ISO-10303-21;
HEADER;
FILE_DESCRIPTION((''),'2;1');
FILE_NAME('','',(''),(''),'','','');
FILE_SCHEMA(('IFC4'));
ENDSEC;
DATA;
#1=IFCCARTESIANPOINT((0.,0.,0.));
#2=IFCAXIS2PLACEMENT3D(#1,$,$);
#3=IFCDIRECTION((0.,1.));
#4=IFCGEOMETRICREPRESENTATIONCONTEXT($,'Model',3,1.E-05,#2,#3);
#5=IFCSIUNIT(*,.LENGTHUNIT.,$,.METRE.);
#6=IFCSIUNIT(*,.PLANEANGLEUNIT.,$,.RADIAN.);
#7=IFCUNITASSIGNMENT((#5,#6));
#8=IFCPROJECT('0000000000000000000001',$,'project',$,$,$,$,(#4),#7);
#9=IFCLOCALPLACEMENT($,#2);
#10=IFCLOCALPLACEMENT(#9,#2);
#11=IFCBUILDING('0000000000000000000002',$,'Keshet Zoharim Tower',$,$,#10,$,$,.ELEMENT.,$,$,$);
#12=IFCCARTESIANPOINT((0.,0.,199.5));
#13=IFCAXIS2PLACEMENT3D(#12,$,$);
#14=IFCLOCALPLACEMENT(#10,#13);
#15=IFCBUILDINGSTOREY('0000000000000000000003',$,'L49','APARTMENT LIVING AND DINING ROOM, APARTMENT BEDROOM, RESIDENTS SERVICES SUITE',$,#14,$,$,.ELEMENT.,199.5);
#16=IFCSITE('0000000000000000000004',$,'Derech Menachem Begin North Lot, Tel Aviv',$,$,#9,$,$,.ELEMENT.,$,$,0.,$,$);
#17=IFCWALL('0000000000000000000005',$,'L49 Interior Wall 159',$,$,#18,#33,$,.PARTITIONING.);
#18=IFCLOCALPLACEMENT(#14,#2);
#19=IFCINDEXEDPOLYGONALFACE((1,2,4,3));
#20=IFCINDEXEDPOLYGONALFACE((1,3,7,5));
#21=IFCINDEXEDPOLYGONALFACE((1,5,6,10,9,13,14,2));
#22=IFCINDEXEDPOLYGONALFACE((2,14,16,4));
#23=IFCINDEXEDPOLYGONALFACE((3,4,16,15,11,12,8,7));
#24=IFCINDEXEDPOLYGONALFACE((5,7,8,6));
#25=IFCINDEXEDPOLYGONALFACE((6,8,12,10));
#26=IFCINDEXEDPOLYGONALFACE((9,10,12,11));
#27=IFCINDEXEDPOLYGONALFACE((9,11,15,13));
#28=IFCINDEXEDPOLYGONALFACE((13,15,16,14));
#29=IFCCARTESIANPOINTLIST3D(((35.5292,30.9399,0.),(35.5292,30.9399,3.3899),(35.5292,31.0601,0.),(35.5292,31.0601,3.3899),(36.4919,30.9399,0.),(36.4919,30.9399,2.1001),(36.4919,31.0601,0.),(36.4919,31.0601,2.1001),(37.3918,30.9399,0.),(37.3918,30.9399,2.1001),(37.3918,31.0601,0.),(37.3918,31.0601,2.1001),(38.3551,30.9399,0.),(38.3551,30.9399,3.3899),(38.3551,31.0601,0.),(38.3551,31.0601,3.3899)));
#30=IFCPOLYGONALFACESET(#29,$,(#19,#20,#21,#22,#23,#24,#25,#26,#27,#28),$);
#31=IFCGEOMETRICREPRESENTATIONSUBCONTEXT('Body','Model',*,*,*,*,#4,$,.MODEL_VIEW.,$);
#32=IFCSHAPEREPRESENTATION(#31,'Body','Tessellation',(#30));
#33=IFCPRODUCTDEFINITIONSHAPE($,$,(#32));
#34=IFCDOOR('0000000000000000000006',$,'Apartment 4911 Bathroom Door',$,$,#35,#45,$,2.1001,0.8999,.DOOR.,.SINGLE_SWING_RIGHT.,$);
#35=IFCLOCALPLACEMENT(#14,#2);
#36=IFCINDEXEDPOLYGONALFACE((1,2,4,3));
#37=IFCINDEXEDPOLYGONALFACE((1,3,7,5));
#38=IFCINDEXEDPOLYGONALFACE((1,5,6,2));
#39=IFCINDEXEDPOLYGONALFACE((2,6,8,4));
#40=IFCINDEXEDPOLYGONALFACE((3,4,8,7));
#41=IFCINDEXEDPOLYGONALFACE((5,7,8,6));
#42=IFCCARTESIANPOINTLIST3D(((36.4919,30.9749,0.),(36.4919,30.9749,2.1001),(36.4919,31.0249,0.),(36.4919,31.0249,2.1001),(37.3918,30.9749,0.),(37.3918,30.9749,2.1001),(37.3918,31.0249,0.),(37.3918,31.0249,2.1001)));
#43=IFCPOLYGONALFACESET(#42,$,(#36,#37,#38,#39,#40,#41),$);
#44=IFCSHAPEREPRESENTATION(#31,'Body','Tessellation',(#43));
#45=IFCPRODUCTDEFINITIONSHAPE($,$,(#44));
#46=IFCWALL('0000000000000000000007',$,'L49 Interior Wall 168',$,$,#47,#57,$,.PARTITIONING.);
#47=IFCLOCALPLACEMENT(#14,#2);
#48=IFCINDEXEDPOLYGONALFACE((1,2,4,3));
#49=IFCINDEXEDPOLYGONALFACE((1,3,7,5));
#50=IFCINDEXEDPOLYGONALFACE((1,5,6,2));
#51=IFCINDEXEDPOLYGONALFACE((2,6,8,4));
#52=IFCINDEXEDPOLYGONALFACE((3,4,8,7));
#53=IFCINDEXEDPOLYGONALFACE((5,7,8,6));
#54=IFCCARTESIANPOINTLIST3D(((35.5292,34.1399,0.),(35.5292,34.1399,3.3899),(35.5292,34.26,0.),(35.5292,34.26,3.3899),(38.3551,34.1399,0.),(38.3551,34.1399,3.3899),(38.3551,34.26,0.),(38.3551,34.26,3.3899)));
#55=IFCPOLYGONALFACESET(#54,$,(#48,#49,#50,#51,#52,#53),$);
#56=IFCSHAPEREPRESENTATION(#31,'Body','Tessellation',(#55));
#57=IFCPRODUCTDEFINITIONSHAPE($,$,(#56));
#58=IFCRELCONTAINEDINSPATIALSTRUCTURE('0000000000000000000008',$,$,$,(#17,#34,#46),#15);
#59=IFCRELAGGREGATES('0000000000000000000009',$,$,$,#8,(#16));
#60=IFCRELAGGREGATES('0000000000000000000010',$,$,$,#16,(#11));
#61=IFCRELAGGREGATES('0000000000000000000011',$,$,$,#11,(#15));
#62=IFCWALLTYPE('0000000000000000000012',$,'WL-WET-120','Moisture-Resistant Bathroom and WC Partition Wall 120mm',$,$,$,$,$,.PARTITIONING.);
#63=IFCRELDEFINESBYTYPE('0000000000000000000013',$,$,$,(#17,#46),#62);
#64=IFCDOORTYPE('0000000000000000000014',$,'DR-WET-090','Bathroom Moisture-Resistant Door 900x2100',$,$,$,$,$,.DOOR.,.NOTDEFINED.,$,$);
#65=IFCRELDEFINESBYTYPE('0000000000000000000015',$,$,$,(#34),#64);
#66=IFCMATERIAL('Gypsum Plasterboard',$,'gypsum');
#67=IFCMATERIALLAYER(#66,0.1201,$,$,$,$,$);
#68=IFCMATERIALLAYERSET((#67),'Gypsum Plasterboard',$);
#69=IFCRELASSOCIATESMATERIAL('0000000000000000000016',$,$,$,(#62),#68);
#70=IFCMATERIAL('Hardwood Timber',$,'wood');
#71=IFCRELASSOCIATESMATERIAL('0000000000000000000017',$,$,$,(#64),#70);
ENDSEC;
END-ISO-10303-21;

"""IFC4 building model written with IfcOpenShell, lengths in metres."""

from ifc_helpers import new_model, si_unit, direction, frame, frame_2d, origin, place, context, subcontext, project, spatial, rectangle, extrude, material, layer, layer_set, type_object, element, fill, save


model = new_model("IFC4")

# Units and contexts
model_context = context("Model", 3, precision=1e-05, world=origin(), true_north=direction((0.0, 1.0)))
body_context = subcontext(model_context, "Body", "Model", "MODEL_VIEW")
ifc_project = project(units=[si_unit("LENGTHUNIT", "METRE"), si_unit("PLANEANGLEUNIT", "RADIAN")], contexts=[model_context])

# Site, building, storey
site_placement = place(None, origin())
site = spatial("IfcSite", under=ifc_project, at=site_placement, Name="Derech Menachem Begin North Lot, Tel Aviv", CompositionType="ELEMENT", RefElevation=0.0)
building_placement = place(site_placement, origin())
building = spatial("IfcBuilding", under=site, at=building_placement, Name="Keshet Zoharim Tower", CompositionType="ELEMENT")
storey_placement = place(building_placement, frame((0.0, 0.0, 199.5)))
storey = spatial("IfcBuildingStorey", under=building, at=storey_placement, Name="L49", Description="APARTMENT LIVING AND DINING ROOM, APARTMENT BEDROOM, RESIDENTS SERVICES SUITE", CompositionType="ELEMENT", Elevation=199.5)

# Shared definitions
ifc_material_1 = material(Name="Gypsum Plasterboard", Category="gypsum")
ifc_material_2 = material(Name="Hardwood Timber", Category="wood")

# Shared definitions
ifc_layer_1 = layer(ifc_material_1, 0.1201)
ifc_layer_set_1 = layer_set([ifc_layer_1], Name="Gypsum Plasterboard")
wall_type_1 = type_object("IfcWallType", Name="WL-WET-120", Description="Moisture-Resistant Bathroom and WC Partition Wall 120mm", PredefinedType="PARTITIONING", material=ifc_layer_set_1)

# Wall, opening, door
wall_1_placement = place(storey_placement, frame((35.5291, 31.0, 0.0), z_axis=(0.0, 0.0, 1.0), x_axis=(1.0, 0.0, 0.0)))
wall_1 = element("IfcWall", 1, at=wall_1_placement, inside=storey, type_object=wall_type_1, Name="L49 Interior Wall 159", PredefinedType="PARTITIONING", context=body_context, shape_type="SweptSolid", body=[
    extrude(rectangle(XDim=2.8259, YDim=0.1201, at=frame_2d((1.4131, 0.0))), origin(), (0.0, 0.0, 1.0), 3.3899),
])
opening_1_placement = place(wall_1_placement, frame((0.9629, 0.0, 0.0)))
opening_1 = element("IfcOpeningElement", 2, at=opening_1_placement, cuts=wall_1, PredefinedType="OPENING", context=body_context, shape_type="SweptSolid", body=[
    extrude(rectangle(XDim=0.8999, YDim=2.1001, at=frame_2d((0.45, 1.05))), frame((0.0, 0.0701, 0.0), z_axis=(0.0, -1.0, 0.0), x_axis=(1.0, 0.0, 0.0)), (0.0, 0.0, 1.0), 0.1401),
])
door_type_1 = type_object("IfcDoorType", Name="DR-WET-090", Description="Bathroom Moisture-Resistant Door 900x2100", OperationType="NOTDEFINED", PredefinedType="DOOR", material=ifc_material_2)
door_1_placement = place(opening_1_placement, origin())
door_1 = element("IfcDoor", 3, at=door_1_placement, inside=storey, type_object=door_type_1, Name="Apartment 4911 Bathroom Door", OperationType="SINGLE_SWING_RIGHT", OverallHeight=2.1001, OverallWidth=0.8999, PredefinedType="DOOR", context=body_context, shape_type="SweptSolid", body=[
    extrude(rectangle(XDim=0.8999, YDim=2.1001, at=frame_2d((0.45, 1.05))), frame((0.0, 0.0249, 0.0), z_axis=(0.0, -1.0, 0.0), x_axis=(1.0, 0.0, 0.0)), (0.0, 0.0, 1.0), 0.05),
])
fill(opening_1, door_1)

# Wall
wall_2_placement = place(storey_placement, frame((35.5291, 34.2, 0.0), z_axis=(0.0, 0.0, 1.0), x_axis=(1.0, 0.0, 0.0)))
element("IfcWall", 4, at=wall_2_placement, inside=storey, type_object=wall_type_1, Name="L49 Interior Wall 168", PredefinedType="PARTITIONING", context=body_context, shape_type="SweptSolid", body=[
    extrude(rectangle(XDim=2.8259, YDim=0.1201, at=frame_2d((1.4131, 0.0))), origin(), (0.0, 0.0, 1.0), 3.3899),
])

save(model, "model.ifc")
